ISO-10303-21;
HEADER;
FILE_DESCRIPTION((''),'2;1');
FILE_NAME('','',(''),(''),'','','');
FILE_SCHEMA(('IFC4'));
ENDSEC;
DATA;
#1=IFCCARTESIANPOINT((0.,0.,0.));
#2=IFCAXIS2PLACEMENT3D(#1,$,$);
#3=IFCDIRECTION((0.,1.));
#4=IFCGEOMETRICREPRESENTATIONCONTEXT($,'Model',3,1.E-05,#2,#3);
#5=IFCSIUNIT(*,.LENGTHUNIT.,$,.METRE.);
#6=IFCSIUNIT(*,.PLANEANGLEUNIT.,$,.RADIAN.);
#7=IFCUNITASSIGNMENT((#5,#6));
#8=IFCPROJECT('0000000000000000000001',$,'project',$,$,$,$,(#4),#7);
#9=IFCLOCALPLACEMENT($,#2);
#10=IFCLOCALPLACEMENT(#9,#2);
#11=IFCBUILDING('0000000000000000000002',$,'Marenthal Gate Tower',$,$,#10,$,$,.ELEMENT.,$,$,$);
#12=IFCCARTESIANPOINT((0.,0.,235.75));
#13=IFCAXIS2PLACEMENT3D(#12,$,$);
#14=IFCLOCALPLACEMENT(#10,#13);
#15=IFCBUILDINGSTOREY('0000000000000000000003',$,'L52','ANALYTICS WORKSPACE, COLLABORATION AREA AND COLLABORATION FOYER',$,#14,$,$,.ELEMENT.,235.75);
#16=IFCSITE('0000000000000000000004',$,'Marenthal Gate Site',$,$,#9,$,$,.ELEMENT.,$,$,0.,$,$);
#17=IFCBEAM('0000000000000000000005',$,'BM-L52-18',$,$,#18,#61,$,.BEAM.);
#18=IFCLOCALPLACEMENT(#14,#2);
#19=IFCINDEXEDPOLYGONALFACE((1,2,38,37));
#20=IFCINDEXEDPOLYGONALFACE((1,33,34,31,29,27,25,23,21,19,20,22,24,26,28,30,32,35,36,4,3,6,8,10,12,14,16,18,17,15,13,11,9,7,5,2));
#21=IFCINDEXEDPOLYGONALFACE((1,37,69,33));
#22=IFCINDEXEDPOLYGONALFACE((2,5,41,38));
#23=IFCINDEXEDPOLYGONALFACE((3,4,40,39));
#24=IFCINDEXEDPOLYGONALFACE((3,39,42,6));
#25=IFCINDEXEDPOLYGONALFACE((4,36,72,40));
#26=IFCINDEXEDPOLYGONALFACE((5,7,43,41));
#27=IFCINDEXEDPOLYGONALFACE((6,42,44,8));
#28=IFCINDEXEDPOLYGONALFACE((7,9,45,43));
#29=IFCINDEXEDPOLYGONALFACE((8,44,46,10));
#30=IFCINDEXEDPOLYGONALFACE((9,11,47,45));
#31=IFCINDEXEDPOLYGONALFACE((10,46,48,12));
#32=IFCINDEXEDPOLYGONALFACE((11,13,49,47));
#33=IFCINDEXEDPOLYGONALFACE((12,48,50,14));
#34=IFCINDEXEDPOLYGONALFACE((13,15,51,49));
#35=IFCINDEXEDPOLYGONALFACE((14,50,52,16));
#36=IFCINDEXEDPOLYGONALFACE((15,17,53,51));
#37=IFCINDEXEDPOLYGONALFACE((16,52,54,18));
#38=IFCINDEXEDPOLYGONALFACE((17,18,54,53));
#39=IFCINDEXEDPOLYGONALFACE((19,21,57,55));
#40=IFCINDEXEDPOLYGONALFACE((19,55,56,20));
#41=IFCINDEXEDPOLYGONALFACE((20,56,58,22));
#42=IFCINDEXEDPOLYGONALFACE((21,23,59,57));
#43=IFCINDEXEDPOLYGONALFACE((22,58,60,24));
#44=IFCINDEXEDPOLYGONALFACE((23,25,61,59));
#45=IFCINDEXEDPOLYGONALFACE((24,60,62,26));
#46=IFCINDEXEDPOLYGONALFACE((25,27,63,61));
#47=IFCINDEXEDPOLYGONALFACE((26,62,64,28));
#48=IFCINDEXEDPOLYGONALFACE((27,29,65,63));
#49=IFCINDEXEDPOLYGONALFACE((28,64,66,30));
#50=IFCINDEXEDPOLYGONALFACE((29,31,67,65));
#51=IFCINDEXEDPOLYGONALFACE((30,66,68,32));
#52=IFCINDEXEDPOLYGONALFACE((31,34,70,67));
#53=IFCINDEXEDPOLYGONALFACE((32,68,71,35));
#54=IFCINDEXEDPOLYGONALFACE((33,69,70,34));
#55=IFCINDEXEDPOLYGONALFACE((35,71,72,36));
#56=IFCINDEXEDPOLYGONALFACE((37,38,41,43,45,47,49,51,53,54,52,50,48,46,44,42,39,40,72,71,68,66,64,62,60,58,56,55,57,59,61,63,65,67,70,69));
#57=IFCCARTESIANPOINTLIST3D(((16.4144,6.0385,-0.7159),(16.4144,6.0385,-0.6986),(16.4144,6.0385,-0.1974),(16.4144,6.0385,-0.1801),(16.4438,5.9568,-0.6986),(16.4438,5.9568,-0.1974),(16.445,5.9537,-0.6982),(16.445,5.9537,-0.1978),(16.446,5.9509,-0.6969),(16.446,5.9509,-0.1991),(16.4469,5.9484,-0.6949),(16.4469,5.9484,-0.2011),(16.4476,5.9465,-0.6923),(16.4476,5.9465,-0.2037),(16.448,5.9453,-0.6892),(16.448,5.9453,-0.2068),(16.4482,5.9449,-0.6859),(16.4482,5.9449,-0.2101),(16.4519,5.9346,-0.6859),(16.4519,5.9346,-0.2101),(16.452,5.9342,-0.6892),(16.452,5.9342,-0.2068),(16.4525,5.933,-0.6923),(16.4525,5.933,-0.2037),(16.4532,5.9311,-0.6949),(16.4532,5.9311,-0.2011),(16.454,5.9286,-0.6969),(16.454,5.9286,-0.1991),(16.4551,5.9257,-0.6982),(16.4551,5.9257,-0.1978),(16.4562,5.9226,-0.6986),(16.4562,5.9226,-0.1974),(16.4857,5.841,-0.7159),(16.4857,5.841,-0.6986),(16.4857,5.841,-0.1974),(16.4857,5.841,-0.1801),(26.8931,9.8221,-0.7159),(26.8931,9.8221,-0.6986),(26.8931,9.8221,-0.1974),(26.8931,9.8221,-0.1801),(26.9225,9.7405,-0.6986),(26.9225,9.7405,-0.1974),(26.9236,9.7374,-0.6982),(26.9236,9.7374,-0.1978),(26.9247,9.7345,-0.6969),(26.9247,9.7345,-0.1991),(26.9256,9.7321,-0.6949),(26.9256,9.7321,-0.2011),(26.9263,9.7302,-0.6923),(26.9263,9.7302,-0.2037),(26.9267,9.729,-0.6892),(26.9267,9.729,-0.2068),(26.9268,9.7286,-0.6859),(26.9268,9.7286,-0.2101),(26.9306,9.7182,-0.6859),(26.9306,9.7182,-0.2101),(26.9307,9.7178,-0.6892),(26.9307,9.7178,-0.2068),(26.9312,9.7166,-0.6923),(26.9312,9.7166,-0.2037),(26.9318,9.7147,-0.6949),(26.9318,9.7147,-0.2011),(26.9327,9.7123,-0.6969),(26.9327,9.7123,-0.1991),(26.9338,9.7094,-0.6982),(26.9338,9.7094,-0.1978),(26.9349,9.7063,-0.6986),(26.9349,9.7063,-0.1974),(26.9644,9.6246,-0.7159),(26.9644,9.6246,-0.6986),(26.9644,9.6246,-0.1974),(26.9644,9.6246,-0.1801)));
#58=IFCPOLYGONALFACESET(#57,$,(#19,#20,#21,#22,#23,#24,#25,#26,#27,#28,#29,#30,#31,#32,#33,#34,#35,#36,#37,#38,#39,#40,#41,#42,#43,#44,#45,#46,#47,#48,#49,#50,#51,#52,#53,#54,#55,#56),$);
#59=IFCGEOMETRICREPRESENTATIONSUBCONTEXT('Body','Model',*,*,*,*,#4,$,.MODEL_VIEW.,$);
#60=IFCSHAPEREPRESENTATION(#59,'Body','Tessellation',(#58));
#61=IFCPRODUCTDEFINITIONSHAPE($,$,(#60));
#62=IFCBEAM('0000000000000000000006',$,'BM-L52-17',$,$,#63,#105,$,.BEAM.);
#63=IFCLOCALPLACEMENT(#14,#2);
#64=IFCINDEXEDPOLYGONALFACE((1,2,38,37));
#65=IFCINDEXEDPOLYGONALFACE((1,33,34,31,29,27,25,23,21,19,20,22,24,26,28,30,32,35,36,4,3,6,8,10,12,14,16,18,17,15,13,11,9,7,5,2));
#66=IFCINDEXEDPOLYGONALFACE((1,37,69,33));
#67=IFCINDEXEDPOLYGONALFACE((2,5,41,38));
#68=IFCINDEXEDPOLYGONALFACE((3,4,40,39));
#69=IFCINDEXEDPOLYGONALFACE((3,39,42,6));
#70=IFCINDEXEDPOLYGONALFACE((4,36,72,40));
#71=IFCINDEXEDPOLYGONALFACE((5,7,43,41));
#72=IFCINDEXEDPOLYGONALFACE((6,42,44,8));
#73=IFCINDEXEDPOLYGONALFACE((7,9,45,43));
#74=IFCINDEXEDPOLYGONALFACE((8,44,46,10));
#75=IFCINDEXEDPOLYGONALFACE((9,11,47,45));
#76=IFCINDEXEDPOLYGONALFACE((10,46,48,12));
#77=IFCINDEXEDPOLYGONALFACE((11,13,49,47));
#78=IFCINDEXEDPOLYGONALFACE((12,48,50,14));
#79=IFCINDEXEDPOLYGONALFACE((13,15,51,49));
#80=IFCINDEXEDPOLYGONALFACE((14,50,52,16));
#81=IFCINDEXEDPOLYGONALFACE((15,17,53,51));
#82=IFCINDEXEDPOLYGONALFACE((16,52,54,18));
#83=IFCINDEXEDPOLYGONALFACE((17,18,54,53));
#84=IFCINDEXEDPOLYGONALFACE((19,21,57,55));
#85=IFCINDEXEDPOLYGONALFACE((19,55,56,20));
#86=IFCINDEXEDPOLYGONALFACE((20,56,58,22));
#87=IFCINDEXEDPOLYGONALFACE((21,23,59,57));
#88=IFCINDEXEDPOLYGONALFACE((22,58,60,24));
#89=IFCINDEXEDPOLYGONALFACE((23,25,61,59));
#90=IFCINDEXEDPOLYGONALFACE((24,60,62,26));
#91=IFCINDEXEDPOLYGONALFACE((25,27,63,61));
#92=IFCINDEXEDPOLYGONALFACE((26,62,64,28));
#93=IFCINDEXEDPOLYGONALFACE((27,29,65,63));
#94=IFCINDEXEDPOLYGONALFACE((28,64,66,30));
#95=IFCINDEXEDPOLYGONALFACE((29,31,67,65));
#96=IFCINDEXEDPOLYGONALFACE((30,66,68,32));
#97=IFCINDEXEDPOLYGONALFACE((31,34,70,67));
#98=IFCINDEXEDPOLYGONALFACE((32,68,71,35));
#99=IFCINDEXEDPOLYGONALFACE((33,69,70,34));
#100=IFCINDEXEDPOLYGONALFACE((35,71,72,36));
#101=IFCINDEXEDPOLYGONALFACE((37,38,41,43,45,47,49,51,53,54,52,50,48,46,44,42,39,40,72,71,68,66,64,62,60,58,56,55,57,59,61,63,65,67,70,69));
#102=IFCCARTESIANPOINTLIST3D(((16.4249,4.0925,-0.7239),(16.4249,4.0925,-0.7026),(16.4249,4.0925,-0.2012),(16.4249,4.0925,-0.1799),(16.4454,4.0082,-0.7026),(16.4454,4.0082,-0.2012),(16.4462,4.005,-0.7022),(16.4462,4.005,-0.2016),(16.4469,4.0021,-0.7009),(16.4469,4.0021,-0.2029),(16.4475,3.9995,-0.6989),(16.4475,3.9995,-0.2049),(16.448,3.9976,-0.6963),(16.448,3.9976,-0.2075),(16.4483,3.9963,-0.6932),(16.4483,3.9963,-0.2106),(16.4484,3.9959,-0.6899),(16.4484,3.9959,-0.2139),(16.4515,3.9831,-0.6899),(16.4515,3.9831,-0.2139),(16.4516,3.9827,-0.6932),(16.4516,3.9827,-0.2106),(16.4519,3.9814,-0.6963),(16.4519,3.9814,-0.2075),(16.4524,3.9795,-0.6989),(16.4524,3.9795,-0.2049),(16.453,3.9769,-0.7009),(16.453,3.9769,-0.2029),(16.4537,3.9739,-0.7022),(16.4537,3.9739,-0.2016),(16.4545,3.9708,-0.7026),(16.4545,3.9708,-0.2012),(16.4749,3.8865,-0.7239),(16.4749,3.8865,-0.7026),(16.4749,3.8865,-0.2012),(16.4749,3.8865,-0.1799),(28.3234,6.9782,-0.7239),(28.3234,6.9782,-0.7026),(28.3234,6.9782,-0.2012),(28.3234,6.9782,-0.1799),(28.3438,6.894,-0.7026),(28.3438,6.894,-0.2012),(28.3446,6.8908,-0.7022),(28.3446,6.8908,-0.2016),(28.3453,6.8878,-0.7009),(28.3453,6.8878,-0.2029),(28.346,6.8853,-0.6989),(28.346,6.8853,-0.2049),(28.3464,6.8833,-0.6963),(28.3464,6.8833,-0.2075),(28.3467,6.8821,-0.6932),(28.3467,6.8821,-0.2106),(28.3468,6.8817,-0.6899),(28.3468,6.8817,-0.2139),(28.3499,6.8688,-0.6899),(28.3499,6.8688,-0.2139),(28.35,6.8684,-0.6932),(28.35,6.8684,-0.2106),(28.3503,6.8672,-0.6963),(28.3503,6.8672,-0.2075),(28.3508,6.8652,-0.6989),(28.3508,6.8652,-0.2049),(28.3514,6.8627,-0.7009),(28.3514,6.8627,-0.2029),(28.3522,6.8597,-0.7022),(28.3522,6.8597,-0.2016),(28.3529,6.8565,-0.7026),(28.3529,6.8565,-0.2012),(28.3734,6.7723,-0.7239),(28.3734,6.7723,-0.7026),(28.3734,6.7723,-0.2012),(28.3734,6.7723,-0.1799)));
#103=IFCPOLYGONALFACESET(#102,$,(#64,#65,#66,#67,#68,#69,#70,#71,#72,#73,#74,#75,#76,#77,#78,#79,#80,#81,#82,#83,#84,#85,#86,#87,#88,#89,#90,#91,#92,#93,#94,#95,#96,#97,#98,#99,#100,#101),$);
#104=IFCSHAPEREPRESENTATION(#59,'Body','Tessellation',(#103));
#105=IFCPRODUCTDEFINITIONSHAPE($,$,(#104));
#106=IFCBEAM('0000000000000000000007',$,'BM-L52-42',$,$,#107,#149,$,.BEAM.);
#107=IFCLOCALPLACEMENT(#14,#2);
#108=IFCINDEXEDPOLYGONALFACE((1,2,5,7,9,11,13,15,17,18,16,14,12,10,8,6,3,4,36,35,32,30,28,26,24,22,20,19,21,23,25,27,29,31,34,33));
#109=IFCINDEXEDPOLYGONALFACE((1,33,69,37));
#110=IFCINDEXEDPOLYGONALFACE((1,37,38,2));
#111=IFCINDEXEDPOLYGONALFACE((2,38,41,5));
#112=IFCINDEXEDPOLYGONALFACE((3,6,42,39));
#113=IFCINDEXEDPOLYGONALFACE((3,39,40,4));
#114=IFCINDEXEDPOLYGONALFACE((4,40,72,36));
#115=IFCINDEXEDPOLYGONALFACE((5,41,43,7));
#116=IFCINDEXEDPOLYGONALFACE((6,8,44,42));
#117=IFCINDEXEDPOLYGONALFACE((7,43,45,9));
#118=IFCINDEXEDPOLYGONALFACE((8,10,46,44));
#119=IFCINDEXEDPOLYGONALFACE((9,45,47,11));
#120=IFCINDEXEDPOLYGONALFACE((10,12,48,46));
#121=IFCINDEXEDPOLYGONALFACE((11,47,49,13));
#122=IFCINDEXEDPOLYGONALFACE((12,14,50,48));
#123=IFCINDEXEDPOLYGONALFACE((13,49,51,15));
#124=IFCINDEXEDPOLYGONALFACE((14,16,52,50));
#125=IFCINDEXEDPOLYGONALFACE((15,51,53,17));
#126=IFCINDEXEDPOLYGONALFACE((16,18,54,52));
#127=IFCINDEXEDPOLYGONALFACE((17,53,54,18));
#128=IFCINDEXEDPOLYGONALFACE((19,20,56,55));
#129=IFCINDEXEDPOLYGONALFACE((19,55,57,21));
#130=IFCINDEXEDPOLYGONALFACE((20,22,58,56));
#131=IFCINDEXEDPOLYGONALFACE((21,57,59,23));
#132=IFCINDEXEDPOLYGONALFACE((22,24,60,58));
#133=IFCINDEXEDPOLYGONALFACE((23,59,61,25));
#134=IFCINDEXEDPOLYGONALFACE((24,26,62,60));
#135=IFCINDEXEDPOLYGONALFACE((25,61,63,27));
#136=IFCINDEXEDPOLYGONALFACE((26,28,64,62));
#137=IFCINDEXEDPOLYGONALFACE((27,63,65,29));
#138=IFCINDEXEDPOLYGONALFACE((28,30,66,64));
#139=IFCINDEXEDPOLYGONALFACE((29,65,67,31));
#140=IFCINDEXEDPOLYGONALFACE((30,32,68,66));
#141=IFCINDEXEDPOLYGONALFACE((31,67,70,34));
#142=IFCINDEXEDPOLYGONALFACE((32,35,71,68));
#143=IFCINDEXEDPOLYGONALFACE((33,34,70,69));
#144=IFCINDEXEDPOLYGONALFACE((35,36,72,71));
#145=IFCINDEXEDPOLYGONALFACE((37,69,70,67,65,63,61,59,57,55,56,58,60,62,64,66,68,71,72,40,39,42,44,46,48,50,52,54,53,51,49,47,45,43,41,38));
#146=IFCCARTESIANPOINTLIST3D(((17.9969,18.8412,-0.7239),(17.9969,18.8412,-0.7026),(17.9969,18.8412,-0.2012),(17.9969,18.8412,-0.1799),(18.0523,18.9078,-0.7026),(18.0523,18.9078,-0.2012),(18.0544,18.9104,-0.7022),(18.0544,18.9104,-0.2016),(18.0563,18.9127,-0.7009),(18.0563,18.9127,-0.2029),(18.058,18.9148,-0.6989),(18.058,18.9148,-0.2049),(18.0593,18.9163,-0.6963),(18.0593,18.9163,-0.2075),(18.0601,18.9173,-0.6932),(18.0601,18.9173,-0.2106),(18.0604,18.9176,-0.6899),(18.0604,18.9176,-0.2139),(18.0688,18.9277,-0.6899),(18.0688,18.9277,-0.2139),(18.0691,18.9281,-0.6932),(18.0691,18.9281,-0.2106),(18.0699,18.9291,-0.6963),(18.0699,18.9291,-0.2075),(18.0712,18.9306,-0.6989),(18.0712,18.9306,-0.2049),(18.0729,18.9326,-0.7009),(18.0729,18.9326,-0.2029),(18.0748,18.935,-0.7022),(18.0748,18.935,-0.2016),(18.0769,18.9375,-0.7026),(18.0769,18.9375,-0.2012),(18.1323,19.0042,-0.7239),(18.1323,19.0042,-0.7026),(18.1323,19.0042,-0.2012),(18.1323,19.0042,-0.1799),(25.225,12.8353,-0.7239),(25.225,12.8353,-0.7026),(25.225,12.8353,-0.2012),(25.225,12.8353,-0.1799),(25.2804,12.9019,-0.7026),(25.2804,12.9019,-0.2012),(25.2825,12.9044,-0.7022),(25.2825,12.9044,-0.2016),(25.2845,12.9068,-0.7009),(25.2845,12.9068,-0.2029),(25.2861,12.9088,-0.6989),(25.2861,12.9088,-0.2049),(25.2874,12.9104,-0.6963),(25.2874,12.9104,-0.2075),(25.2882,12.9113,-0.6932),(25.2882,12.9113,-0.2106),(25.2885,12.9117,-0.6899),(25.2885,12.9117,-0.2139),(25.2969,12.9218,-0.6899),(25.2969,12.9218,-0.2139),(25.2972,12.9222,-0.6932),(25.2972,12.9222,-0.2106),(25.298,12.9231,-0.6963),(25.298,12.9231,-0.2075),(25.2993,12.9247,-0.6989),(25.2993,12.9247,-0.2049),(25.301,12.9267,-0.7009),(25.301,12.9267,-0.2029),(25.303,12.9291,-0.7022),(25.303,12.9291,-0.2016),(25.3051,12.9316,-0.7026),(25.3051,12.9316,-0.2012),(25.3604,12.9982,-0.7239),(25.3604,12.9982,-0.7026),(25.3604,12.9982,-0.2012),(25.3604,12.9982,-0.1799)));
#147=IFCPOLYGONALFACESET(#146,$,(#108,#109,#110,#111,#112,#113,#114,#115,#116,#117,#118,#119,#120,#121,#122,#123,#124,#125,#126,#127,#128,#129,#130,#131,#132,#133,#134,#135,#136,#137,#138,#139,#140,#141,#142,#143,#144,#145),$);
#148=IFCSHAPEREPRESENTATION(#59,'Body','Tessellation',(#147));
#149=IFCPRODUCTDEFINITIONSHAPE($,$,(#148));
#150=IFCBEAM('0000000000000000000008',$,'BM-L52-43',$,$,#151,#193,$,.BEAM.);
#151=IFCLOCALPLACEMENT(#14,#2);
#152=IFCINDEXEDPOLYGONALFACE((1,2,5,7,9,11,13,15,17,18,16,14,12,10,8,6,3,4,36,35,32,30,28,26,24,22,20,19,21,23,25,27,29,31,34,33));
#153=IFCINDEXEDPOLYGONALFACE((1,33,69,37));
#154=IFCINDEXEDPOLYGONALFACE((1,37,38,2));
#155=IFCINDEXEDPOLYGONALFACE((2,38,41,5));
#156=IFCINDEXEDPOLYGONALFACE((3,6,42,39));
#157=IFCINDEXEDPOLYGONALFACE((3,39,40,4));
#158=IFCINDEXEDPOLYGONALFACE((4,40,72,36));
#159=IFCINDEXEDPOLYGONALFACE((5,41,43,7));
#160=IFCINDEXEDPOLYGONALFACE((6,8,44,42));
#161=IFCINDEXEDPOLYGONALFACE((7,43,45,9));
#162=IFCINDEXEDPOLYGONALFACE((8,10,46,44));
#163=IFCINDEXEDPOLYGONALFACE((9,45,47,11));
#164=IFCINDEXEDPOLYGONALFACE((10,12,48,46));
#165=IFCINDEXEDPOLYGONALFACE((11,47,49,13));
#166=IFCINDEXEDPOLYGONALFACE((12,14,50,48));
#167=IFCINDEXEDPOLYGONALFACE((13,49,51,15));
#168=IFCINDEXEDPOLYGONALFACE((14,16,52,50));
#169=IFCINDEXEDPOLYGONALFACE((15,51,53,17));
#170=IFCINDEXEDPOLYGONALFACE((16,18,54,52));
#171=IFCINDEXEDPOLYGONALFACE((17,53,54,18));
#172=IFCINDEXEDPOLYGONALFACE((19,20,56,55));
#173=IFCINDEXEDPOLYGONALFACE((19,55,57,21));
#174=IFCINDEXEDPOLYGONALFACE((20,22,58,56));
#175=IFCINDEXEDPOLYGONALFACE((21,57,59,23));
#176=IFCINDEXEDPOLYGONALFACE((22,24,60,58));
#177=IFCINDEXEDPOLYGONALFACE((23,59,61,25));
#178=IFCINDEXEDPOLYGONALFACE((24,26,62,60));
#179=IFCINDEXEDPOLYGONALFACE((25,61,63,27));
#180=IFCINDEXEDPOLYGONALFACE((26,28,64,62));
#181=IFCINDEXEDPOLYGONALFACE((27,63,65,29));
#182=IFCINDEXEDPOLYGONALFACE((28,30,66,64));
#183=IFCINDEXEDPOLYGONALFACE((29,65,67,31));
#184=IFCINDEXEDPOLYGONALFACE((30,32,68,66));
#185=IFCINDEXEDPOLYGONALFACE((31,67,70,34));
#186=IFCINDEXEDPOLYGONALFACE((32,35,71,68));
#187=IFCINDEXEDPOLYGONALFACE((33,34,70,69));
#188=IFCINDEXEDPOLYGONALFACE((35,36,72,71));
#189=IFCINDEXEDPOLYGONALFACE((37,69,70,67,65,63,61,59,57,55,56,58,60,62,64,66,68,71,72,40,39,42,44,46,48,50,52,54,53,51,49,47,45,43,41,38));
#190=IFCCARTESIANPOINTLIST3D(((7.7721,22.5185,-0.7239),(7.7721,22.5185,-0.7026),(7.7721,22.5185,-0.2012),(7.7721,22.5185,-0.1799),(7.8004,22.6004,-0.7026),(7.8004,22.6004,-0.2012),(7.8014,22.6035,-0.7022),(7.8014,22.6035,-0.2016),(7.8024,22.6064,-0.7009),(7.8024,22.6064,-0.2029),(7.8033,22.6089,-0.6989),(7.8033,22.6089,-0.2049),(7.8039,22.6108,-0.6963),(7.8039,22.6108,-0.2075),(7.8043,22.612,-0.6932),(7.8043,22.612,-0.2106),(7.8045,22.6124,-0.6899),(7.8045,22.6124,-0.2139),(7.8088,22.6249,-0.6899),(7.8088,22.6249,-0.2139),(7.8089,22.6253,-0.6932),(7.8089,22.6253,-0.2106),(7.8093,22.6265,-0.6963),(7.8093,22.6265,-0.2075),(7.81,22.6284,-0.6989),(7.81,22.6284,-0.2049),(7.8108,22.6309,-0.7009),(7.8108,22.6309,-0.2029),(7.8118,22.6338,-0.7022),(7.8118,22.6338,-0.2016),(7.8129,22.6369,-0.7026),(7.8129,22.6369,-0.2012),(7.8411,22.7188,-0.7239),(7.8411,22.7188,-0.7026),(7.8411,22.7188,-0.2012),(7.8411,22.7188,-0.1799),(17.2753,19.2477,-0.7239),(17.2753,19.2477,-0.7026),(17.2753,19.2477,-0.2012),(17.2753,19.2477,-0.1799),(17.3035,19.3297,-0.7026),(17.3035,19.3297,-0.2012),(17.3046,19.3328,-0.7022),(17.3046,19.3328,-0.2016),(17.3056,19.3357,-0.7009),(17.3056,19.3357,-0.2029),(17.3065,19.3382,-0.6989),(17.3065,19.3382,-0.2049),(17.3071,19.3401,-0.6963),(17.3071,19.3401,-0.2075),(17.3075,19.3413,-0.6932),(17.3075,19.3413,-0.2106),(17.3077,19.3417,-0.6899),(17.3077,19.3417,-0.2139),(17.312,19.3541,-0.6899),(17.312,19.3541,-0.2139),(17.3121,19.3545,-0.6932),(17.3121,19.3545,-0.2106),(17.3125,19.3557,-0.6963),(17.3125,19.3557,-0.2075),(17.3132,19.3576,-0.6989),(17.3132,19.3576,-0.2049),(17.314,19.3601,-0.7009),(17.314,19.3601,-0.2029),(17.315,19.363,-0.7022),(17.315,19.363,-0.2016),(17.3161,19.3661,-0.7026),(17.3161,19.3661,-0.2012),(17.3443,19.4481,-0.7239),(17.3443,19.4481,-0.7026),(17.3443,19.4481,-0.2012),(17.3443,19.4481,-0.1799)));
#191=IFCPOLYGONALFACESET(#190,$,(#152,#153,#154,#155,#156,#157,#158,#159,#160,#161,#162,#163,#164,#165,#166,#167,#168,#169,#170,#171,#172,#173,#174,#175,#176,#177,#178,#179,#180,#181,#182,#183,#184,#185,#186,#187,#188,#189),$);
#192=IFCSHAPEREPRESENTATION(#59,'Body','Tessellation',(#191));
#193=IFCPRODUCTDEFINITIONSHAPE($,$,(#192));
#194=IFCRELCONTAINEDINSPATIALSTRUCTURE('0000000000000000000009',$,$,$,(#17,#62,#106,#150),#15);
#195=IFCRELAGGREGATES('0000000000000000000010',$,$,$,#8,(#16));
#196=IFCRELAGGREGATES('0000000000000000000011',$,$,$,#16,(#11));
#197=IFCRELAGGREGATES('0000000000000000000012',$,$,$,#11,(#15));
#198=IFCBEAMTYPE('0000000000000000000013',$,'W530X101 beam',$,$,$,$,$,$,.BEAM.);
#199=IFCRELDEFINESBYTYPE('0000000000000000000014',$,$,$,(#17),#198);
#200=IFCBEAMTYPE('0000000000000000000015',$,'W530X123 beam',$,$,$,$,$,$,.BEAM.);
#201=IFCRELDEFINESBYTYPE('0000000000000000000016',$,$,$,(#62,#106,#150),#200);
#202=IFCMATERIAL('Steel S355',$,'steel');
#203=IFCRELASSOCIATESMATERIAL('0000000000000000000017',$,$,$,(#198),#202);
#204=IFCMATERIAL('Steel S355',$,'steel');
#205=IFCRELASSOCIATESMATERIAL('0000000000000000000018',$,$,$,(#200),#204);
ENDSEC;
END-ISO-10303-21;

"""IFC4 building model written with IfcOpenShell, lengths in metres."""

from ifc_helpers import new_model, si_unit, direction, frame, origin, origin_2d, place, context, subcontext, project, spatial, i_section, extrude, material, material_profile, profile_set, type_object, element, save


model = new_model("IFC4")

# Units and contexts
model_context = context("Model", 3, precision=1e-05, world=origin(), true_north=direction((0.0, 1.0)))
body_context = subcontext(model_context, "Body", "Model", "MODEL_VIEW")
ifc_project = project(units=[si_unit("LENGTHUNIT", "METRE"), si_unit("PLANEANGLEUNIT", "RADIAN")], contexts=[model_context])

# Site, building, storey
site_placement = place(None, origin())
site = spatial("IfcSite", under=ifc_project, at=site_placement, Name="Marenthal Gate Site", CompositionType="ELEMENT", RefElevation=0.0)
building_placement = place(site_placement, origin())
building = spatial("IfcBuilding", under=site, at=building_placement, Name="Marenthal Gate Tower", CompositionType="ELEMENT")
storey_placement = place(building_placement, frame((0.0, 0.0, 235.75)))
storey = spatial("IfcBuildingStorey", under=building, at=storey_placement, Name="L52", Description="ANALYTICS WORKSPACE, COLLABORATION AREA AND COLLABORATION FOYER", CompositionType="ELEMENT", Elevation=235.75)

# Beams
ifc_material_1 = material(Name="Steel S355", Category="steel")
ifc_material_profile_1 = material_profile(ifc_material_1, i_section(OverallWidth=0.21, OverallDepth=0.5359, WebThickness=0.011, FlangeThickness=0.0173, FilletRadius=0.0127, at=origin_2d()), Name="W530X101")
ifc_profile_set_1 = profile_set([ifc_material_profile_1], Name="Steel S355")
beam_type_1 = type_object("IfcBeamType", Name="W530X101 beam", PredefinedType="BEAM", material=ifc_profile_set_1)
beam_1_placement = place(storey_placement, frame((26.9287, 9.7234, -0.448), z_axis=(-0.940563, -0.33962, 0.0), x_axis=(0.33962, -0.940563, 0.0)))
element("IfcBeam", 1, at=beam_1_placement, inside=storey, type_object=beam_type_1, Name="BM-L52-18", PredefinedType="BEAM", context=body_context, shape_type="SweptSolid", body=[
    extrude(i_section(OverallWidth=0.21, OverallDepth=0.5359, WebThickness=0.011, FlangeThickness=0.0173, FilletRadius=0.0127, at=origin_2d()), origin(), (0.0, 0.0, 1.0), 11.1409),
])
ifc_material_2 = material(Name="Steel S355", Category="steel")
ifc_material_profile_2 = material_profile(ifc_material_2, i_section(OverallWidth=0.2119, OverallDepth=0.5439, WebThickness=0.0132, FlangeThickness=0.0212, FilletRadius=0.0127, at=origin_2d()), Name="W530X123")
ifc_profile_set_2 = profile_set([ifc_material_profile_2], Name="Steel S355")
beam_type_2 = type_object("IfcBeamType", Name="W530X123 beam", PredefinedType="BEAM", material=ifc_profile_set_2)
beam_2_placement = place(storey_placement, frame((28.3484, 6.8752, -0.4519), z_axis=(-0.971826, -0.235698, 0.0), x_axis=(0.235698, -0.971826, 0.0)))
element("IfcBeam", 2, at=beam_2_placement, inside=storey, type_object=beam_type_2, Name="BM-L52-17", PredefinedType="BEAM", context=body_context, shape_type="SweptSolid", body=[
    extrude(i_section(OverallWidth=0.2119, OverallDepth=0.5439, WebThickness=0.0132, FlangeThickness=0.0212, FilletRadius=0.0127, at=origin_2d()), origin(), (0.0, 0.0, 1.0), 12.2434),
])
beam_3_placement = place(storey_placement, frame((25.2927, 12.9167, -0.4519), z_axis=(-0.769136, 0.639085, 0.0), x_axis=(-0.639085, -0.769136, 0.0)))
element("IfcBeam", 3, at=beam_3_placement, inside=storey, type_object=beam_type_2, Name="BM-L52-42", PredefinedType="BEAM", context=body_context, shape_type="SweptSolid", body=[
    extrude(i_section(OverallWidth=0.2119, OverallDepth=0.5439, WebThickness=0.0132, FlangeThickness=0.0212, FilletRadius=0.0127, at=origin_2d()), origin(), (0.0, 0.0, 1.0), 9.3977),
])
beam_4_placement = place(storey_placement, frame((17.3098, 19.3479, -0.4519), z_axis=(-0.945563, 0.325439, 0.0), x_axis=(-0.325439, -0.945563, 0.0)))
element("IfcBeam", 4, at=beam_4_placement, inside=storey, type_object=beam_type_2, Name="BM-L52-43", PredefinedType="BEAM", context=body_context, shape_type="SweptSolid", body=[
    extrude(i_section(OverallWidth=0.2119, OverallDepth=0.5439, WebThickness=0.0132, FlangeThickness=0.0212, FilletRadius=0.0127, at=origin_2d()), origin(), (0.0, 0.0, 1.0), 10.0503),
])

save(model, "model.ifc")
